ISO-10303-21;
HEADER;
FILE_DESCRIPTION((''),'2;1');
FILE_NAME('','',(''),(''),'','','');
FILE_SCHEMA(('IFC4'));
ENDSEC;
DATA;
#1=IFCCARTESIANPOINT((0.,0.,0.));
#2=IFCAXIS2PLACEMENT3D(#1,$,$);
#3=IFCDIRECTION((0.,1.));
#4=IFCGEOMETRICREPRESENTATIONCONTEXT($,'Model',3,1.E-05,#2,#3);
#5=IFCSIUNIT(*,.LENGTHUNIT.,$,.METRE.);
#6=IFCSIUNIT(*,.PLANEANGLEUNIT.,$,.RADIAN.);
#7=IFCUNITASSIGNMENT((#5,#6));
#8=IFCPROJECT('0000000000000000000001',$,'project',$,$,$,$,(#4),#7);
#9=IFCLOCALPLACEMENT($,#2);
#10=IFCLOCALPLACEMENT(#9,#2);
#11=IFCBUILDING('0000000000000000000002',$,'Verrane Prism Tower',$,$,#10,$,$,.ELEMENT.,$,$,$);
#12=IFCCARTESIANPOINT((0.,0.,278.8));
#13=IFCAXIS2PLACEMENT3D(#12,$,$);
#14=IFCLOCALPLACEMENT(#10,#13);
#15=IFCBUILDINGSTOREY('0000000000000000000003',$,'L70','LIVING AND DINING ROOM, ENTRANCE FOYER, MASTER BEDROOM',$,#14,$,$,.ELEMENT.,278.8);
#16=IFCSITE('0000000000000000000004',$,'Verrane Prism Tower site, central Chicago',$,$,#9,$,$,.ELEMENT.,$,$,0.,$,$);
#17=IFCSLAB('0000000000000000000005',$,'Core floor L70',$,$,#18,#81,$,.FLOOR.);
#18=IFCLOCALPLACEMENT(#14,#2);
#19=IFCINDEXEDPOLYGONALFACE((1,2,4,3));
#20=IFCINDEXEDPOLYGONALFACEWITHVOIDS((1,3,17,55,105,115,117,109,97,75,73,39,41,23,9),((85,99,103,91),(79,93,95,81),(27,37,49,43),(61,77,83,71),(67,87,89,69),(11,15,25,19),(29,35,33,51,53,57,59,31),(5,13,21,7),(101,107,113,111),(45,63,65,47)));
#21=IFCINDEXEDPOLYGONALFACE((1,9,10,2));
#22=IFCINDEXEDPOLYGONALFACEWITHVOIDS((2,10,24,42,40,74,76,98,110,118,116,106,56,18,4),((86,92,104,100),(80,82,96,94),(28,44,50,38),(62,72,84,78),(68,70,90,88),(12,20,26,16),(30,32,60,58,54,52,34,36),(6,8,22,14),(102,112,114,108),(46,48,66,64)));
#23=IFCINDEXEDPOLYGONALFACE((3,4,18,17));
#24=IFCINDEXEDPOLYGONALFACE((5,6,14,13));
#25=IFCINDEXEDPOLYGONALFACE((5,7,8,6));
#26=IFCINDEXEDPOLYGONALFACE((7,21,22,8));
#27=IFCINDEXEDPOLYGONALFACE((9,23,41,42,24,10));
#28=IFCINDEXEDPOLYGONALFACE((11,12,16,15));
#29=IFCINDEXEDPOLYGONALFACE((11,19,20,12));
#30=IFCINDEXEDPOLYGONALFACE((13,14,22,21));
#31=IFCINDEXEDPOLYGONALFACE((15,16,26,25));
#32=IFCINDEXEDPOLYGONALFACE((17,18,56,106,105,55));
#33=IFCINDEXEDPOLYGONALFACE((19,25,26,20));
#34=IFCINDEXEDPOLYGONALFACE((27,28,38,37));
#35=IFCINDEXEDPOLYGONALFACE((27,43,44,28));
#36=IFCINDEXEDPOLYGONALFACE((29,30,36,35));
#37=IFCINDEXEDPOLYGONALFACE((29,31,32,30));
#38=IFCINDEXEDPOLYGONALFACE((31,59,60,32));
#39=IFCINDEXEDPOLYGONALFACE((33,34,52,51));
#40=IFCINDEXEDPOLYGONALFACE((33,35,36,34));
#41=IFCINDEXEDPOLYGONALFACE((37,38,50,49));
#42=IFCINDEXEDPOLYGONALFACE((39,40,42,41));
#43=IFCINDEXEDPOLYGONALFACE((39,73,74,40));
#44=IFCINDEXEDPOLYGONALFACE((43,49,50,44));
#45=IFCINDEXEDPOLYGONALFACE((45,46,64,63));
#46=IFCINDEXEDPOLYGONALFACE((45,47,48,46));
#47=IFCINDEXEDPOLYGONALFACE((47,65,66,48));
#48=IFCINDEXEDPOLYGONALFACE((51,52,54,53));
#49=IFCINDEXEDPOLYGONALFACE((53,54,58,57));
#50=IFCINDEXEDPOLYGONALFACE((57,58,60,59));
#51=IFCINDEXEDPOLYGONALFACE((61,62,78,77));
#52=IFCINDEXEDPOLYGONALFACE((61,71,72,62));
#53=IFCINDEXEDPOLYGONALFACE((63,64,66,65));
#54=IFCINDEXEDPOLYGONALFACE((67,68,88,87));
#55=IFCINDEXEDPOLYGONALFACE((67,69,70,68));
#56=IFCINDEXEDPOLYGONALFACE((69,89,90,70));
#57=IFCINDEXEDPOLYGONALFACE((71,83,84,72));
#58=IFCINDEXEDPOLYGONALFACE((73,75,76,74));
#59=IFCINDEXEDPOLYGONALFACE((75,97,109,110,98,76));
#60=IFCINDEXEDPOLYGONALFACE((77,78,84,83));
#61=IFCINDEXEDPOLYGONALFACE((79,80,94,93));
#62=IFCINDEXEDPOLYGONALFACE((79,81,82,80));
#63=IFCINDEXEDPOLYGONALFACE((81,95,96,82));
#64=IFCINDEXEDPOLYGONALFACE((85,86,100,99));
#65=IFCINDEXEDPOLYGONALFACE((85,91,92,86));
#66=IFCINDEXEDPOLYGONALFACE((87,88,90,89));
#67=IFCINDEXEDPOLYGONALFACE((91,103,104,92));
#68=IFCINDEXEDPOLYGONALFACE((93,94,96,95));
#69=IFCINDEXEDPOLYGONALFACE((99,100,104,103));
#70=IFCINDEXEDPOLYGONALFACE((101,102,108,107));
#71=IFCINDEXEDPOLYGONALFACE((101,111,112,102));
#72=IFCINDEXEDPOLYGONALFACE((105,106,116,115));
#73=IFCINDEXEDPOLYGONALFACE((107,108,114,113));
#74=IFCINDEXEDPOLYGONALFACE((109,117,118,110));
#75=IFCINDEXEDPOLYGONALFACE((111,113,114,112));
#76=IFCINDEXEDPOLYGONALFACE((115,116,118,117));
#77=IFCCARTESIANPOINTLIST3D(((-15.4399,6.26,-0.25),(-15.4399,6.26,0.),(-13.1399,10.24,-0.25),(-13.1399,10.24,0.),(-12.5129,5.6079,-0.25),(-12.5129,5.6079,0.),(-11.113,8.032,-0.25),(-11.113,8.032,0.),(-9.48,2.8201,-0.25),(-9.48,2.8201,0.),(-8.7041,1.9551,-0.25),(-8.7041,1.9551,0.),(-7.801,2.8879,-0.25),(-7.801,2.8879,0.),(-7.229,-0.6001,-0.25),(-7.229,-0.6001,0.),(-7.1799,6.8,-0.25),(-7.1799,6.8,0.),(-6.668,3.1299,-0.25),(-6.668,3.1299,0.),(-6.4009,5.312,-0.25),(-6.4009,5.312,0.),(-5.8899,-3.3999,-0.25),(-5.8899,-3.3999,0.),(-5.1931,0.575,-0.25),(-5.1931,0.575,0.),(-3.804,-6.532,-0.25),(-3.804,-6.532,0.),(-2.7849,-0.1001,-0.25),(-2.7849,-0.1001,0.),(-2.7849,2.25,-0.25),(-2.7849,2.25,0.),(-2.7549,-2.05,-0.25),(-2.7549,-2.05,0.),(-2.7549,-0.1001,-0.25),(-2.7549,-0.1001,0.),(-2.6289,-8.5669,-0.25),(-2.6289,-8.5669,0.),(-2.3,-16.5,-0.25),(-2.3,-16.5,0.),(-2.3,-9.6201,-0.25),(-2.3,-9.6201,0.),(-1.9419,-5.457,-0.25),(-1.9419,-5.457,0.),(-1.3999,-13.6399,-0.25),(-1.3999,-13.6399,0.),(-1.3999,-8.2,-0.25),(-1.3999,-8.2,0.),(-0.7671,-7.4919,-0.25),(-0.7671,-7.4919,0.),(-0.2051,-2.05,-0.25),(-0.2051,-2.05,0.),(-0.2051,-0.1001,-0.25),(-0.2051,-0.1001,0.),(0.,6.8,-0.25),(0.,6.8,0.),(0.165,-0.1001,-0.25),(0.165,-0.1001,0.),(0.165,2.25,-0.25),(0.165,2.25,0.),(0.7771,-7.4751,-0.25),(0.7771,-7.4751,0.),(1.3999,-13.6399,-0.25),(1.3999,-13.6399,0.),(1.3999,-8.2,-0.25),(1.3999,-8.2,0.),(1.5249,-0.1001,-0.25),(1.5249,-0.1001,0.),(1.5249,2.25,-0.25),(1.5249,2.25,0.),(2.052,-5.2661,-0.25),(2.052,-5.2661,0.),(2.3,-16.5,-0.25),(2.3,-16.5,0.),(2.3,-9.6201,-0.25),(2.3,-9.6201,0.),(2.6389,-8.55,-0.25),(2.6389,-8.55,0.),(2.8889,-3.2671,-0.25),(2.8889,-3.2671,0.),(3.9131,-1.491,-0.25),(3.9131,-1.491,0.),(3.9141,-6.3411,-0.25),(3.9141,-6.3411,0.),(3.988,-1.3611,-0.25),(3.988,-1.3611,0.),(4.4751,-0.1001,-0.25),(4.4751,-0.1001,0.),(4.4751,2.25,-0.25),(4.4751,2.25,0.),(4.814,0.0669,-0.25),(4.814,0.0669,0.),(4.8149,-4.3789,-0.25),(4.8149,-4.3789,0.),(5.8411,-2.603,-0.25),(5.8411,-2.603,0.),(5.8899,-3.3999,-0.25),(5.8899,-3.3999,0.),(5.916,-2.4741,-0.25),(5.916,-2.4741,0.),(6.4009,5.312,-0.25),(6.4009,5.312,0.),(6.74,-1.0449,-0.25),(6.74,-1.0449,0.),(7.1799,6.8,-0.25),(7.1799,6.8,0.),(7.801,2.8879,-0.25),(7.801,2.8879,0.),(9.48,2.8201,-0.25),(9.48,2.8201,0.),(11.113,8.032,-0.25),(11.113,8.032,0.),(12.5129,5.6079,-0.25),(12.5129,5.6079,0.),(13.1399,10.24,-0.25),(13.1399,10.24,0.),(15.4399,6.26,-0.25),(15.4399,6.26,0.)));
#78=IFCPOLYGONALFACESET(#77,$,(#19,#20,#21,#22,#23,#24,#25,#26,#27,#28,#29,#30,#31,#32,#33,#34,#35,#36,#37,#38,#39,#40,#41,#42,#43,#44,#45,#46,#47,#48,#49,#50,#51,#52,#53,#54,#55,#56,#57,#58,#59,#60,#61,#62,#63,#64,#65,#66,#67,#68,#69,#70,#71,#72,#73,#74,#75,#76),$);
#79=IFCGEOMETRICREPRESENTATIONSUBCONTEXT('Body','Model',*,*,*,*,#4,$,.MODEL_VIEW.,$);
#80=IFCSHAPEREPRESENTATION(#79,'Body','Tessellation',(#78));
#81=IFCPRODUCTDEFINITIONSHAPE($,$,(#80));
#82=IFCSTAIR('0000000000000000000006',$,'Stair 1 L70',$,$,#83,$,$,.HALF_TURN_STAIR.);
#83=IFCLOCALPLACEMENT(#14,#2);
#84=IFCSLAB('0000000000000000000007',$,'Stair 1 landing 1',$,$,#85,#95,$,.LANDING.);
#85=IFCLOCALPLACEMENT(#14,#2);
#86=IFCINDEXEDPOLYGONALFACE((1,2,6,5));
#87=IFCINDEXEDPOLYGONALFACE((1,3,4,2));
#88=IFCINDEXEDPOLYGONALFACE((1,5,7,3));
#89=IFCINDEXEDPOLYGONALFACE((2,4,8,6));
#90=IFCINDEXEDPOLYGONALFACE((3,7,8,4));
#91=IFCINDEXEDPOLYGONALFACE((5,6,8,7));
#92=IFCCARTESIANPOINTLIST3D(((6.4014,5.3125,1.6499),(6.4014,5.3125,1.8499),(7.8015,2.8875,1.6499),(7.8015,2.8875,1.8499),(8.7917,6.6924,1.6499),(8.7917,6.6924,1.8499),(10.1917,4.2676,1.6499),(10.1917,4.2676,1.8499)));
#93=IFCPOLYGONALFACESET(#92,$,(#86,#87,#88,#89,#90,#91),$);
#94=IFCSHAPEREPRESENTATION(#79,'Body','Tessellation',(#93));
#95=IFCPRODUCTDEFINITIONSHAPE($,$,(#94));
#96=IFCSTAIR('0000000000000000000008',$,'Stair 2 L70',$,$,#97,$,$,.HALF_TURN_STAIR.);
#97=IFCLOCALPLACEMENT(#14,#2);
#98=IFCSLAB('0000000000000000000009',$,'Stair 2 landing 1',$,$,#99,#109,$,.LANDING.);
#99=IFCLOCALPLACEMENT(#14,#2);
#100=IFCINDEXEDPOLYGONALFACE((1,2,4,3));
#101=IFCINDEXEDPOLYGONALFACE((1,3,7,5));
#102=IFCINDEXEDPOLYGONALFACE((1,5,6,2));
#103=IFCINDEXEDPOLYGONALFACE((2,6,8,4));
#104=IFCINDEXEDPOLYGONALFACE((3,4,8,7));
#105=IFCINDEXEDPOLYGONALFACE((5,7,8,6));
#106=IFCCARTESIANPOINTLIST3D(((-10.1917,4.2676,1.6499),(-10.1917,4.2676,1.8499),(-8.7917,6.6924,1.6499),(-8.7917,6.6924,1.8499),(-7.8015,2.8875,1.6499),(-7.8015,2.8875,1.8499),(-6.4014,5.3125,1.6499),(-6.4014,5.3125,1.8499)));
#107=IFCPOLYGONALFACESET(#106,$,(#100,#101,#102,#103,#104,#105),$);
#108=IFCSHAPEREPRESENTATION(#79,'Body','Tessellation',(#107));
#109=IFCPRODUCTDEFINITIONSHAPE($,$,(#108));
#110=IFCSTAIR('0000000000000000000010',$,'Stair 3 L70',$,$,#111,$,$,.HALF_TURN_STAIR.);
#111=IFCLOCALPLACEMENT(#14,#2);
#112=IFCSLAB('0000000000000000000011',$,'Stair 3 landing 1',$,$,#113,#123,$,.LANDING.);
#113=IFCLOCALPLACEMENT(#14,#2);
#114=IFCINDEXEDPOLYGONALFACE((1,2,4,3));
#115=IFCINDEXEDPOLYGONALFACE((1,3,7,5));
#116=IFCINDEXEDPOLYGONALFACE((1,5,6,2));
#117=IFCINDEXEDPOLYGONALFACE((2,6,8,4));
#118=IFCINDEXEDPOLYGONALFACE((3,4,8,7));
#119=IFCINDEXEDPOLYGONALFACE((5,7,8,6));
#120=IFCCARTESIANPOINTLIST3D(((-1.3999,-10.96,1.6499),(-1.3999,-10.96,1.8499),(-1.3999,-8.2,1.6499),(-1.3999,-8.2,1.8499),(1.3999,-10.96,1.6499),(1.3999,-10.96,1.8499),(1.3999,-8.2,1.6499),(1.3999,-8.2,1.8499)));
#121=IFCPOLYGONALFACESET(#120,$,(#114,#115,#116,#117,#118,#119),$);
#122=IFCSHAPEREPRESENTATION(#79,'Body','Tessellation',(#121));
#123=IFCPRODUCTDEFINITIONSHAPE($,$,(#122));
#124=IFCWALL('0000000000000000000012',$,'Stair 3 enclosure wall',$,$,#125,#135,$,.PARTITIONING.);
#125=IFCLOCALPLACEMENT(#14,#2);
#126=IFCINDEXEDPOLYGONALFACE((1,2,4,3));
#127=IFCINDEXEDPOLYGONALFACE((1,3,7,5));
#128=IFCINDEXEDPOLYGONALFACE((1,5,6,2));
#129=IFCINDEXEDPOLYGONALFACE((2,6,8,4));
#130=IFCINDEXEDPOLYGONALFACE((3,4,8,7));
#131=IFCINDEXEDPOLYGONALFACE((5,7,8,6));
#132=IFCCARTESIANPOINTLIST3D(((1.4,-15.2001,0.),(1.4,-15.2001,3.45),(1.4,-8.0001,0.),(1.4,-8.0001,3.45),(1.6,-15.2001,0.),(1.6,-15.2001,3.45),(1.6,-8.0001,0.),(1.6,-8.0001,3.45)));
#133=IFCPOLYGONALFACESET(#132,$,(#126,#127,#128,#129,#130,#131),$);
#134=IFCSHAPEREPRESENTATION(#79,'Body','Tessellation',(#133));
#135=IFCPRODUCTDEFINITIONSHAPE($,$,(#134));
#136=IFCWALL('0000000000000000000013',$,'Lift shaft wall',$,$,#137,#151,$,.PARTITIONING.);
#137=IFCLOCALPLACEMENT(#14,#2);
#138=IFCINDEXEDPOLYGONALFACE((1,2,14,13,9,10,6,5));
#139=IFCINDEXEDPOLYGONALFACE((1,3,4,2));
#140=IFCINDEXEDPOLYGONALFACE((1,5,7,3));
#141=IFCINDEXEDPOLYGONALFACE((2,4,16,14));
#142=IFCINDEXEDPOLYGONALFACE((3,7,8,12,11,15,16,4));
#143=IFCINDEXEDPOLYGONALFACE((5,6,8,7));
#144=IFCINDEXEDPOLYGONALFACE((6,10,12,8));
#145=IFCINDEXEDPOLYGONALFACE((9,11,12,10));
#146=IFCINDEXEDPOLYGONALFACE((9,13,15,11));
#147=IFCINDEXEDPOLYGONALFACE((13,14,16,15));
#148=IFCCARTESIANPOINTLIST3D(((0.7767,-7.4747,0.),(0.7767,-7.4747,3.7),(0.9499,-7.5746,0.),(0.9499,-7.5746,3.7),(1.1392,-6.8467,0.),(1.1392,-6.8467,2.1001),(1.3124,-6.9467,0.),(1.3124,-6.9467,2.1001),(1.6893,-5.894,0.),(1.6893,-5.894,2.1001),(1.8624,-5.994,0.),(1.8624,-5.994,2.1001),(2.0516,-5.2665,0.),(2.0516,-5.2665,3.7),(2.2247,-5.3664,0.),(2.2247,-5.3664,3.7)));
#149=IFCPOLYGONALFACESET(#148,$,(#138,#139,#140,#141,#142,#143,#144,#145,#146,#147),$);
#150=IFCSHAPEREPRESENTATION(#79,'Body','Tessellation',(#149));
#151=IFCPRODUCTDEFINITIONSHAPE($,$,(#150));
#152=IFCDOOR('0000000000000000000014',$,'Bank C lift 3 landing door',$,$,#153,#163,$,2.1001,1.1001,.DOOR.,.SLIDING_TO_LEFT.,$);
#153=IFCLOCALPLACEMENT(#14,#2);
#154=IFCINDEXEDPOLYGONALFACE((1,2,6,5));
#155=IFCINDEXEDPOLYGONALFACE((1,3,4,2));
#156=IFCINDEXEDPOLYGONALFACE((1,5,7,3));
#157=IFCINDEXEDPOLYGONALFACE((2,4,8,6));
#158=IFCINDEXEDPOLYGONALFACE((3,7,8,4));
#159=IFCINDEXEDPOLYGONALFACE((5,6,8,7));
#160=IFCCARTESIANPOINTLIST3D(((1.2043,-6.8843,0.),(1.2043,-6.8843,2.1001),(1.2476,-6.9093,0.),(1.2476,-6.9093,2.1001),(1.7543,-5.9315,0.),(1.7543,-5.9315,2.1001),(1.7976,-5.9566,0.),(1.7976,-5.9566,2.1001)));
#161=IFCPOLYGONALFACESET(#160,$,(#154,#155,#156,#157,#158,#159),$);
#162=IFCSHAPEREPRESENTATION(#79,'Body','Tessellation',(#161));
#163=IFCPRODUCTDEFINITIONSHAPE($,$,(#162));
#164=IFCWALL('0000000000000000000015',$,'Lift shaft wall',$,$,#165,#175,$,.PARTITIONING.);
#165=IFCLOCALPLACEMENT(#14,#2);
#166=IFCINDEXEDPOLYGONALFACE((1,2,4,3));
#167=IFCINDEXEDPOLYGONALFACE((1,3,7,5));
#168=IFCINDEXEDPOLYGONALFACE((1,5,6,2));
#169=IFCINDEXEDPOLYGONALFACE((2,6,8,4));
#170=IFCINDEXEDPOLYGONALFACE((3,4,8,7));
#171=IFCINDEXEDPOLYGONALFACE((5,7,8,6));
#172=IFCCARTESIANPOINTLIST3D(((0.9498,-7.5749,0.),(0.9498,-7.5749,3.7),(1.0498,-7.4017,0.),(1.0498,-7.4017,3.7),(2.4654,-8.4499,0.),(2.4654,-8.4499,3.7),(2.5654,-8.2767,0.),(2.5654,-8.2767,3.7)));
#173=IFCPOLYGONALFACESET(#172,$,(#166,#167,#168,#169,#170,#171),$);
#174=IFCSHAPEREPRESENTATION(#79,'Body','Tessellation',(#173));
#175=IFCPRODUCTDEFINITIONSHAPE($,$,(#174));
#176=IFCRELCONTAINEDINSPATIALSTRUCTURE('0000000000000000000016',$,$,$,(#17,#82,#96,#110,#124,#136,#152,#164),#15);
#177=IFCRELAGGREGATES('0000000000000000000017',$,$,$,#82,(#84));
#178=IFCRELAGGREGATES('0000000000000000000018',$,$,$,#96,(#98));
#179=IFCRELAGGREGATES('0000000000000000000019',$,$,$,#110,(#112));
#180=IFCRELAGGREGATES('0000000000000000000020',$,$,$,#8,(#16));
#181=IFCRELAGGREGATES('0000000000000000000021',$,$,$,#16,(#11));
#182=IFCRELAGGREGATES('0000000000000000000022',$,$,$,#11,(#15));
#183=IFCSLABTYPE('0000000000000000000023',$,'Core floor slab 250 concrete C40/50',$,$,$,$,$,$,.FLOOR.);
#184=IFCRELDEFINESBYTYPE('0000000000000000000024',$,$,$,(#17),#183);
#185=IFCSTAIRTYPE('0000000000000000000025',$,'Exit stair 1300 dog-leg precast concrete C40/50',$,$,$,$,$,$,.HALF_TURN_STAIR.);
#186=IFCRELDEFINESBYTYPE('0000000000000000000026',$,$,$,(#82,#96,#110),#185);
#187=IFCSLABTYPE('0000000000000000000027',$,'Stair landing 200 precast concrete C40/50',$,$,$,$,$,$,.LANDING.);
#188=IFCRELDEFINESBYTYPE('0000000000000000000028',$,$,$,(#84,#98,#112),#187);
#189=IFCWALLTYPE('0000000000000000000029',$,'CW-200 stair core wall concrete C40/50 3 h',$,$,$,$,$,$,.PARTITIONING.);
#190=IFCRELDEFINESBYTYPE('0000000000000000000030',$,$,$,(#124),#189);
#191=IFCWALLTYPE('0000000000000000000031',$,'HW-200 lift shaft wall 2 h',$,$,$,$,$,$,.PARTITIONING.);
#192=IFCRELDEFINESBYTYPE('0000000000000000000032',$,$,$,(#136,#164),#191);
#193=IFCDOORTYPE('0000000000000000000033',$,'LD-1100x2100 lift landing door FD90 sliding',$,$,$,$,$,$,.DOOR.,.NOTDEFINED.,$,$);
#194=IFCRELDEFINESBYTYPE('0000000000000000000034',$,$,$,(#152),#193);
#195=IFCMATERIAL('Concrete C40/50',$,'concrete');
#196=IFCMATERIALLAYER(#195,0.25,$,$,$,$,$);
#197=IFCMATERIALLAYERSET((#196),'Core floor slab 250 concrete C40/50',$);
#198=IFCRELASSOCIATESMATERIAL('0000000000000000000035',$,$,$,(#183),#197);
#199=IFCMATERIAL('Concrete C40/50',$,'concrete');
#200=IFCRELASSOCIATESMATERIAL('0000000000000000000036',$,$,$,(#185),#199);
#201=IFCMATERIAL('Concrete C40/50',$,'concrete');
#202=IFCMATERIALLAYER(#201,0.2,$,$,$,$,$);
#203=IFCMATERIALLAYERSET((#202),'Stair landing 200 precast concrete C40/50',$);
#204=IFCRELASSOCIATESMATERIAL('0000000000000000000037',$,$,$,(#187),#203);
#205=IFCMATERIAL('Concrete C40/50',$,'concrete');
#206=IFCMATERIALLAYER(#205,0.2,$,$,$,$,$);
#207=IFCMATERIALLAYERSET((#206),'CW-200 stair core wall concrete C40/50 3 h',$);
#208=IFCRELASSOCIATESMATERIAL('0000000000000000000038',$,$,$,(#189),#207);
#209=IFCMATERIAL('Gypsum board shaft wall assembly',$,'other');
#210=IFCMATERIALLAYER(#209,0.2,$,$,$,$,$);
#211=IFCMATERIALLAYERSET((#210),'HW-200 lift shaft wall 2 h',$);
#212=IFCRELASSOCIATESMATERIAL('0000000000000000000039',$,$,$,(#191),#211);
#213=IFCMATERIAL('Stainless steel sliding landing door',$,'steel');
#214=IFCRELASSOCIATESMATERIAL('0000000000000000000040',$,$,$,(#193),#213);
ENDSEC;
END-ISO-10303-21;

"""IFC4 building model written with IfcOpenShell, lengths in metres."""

from ifc_helpers import new_model, si_unit, direction, frame, frame_2d, origin, place, context, subcontext, project, spatial, polyline, rectangle, outline, extrude, material, layer, layer_set, type_object, element, fill, aggregate, save


model = new_model("IFC4")

# Units and contexts
model_context = context("Model", 3, precision=1e-05, world=origin(), true_north=direction((0.0, 1.0)))
body_context = subcontext(model_context, "Body", "Model", "MODEL_VIEW")
ifc_project = project(units=[si_unit("LENGTHUNIT", "METRE"), si_unit("PLANEANGLEUNIT", "RADIAN")], contexts=[model_context])

# Site, building, storey
site_placement = place(None, origin())
site = spatial("IfcSite", under=ifc_project, at=site_placement, Name="Verrane Prism Tower site, central Chicago", CompositionType="ELEMENT", RefElevation=0.0)
building_placement = place(site_placement, origin())
building = spatial("IfcBuilding", under=site, at=building_placement, Name="Verrane Prism Tower", CompositionType="ELEMENT")
storey_placement = place(building_placement, frame((0.0, 0.0, 278.8)))
storey = spatial("IfcBuildingStorey", under=building, at=storey_placement, Name="L70", Description="LIVING AND DINING ROOM, ENTRANCE FOYER, MASTER BEDROOM", CompositionType="ELEMENT", Elevation=278.8)

# Slab
ifc_material_1 = material(Name="Concrete C40/50", Category="concrete")
ifc_layer_1 = layer(ifc_material_1, 0.25)
ifc_layer_set_1 = layer_set([ifc_layer_1], Name="Core floor slab 250 concrete C40/50")
slab_type_1 = type_object("IfcSlabType", Name="Core floor slab 250 concrete C40/50", PredefinedType="FLOOR", material=ifc_layer_set_1)
slab_1_placement = place(storey_placement, frame((0.0, 0.0, -0.25)))
element("IfcSlab", 1, at=slab_1_placement, inside=storey, type_object=slab_type_1, Name="Core floor L70", PredefinedType="FLOOR", context=body_context, shape_type="SweptSolid", body=[
    extrude(outline(polyline([(9.48, 2.8201), (15.4399, 6.26), (13.1399, 10.24), (7.1799, 6.8), (0.0, 6.8), (-7.1799, 6.8), (-13.1399, 10.24), (-15.4399, 6.26), (-9.48, 2.8201), (-5.8899, -3.3999), (-2.3, -9.6201), (-2.3, -16.5), (2.3, -16.5), (2.3, -9.6201), (5.8899, -3.3999), (9.48, 2.8201)]), holes=[polyline([(-1.3999, -8.2), (1.3999, -8.2), (1.3999, -13.6399), (-1.3999, -13.6399), (-1.3999, -8.2)]), polyline([(-0.7671, -7.4919), (-2.6289, -8.5669), (-3.804, -6.532), (-1.9419, -5.457), (-0.7671, -7.4919)]), polyline([(3.9141, -6.3411), (2.6389, -8.55), (0.7771, -7.4751), (2.052, -5.2661), (3.9141, -6.3411)]), polyline([(4.8149, -4.3789), (2.8889, -3.2671), (3.9131, -1.491), (5.8411, -2.603), (4.8149, -4.3789)]), polyline([(6.74, -1.0449), (5.916, -2.4741), (3.988, -1.3611), (4.814, 0.0669), (6.74, -1.0449)]), polyline([(-2.7849, -0.1001), (-2.7849, 2.25), (0.165, 2.25), (0.165, -0.1001), (-0.2051, -0.1001), (-0.2051, -2.05), (-2.7549, -2.05), (-2.7549, -0.1001), (-2.7849, -0.1001)]), polyline([(4.4751, 2.25), (4.4751, -0.1001), (1.5249, -0.1001), (1.5249, 2.25), (4.4751, 2.25)]), polyline([(-8.7041, 1.9551), (-6.668, 3.1299), (-5.1931, 0.575), (-7.229, -0.6001), (-8.7041, 1.9551)]), polyline([(-7.801, 2.8879), (-12.5129, 5.6079), (-11.113, 8.032), (-6.4009, 5.312), (-7.801, 2.8879)]), polyline([(6.4009, 5.312), (11.113, 8.032), (12.5129, 5.6079), (7.801, 2.8879), (6.4009, 5.312)])]), origin(), (0.0, 0.0, 1.0), 0.25),
])

# Stairs, slabs
ifc_material_2 = material(Name="Concrete C40/50", Category="concrete")
stair_type = type_object("IfcStairType", Name="Exit stair 1300 dog-leg precast concrete C40/50", PredefinedType="HALF_TURN_STAIR", material=ifc_material_2)
stair_1_placement = place(storey_placement, origin())
stair_1 = element("IfcStair", 2, at=stair_1_placement, inside=storey, type_object=stair_type, Name="Stair 1 L70", PredefinedType="HALF_TURN_STAIR")
ifc_material_3 = material(Name="Concrete C40/50", Category="concrete")
ifc_layer_2 = layer(ifc_material_3, 0.2)
ifc_layer_set_2 = layer_set([ifc_layer_2], Name="Stair landing 200 precast concrete C40/50")
slab_type_2 = type_object("IfcSlabType", Name="Stair landing 200 precast concrete C40/50", PredefinedType="LANDING", material=ifc_layer_set_2)
slab_2_placement = place(storey_placement, frame((0.0, 0.0, 1.6499)))
slab_2 = element("IfcSlab", 3, at=slab_2_placement, type_object=slab_type_2, Name="Stair 1 landing 1", PredefinedType="LANDING", context=body_context, shape_type="SweptSolid", body=[
    extrude(outline(polyline([(8.7917, 6.6924), (6.4014, 5.3125), (7.8015, 2.8875), (10.1917, 4.2676), (8.7917, 6.6924)])), origin(), (0.0, 0.0, 1.0), 0.2),
])
aggregate(stair_1, [slab_2])
stair_2_placement = place(storey_placement, origin())
stair_2 = element("IfcStair", 4, at=stair_2_placement, inside=storey, type_object=stair_type, Name="Stair 2 L70", PredefinedType="HALF_TURN_STAIR")
slab_3_placement = place(storey_placement, frame((0.0, 0.0, 1.6499)))
slab_3 = element("IfcSlab", 5, at=slab_3_placement, type_object=slab_type_2, Name="Stair 2 landing 1", PredefinedType="LANDING", context=body_context, shape_type="SweptSolid", body=[
    extrude(outline(polyline([(-10.1917, 4.2676), (-7.8015, 2.8875), (-6.4014, 5.3125), (-8.7917, 6.6924), (-10.1917, 4.2676)])), origin(), (0.0, 0.0, 1.0), 0.2),
])
aggregate(stair_2, [slab_3])
stair_3_placement = place(storey_placement, origin())
stair_3 = element("IfcStair", 6, at=stair_3_placement, inside=storey, type_object=stair_type, Name="Stair 3 L70", PredefinedType="HALF_TURN_STAIR")
slab_4_placement = place(storey_placement, frame((0.0, 0.0, 1.6499)))
slab_4 = element("IfcSlab", 7, at=slab_4_placement, type_object=slab_type_2, Name="Stair 3 landing 1", PredefinedType="LANDING", context=body_context, shape_type="SweptSolid", body=[
    extrude(outline(polyline([(1.3999, -10.96), (1.3999, -8.2), (-1.3999, -8.2), (-1.3999, -10.96), (1.3999, -10.96)])), origin(), (0.0, 0.0, 1.0), 0.2),
])
aggregate(stair_3, [slab_4])

# Wall
ifc_material_4 = material(Name="Concrete C40/50", Category="concrete")
ifc_layer_3 = layer(ifc_material_4, 0.2)
ifc_layer_set_3 = layer_set([ifc_layer_3], Name="CW-200 stair core wall concrete C40/50 3 h")
wall_type_1 = type_object("IfcWallType", Name="CW-200 stair core wall concrete C40/50 3 h", PredefinedType="PARTITIONING", material=ifc_layer_set_3)
wall_1_placement = place(storey_placement, frame((1.5, -8.0, 0.0), z_axis=(0.0, 0.0, 1.0), x_axis=(0.0, -1.0, 0.0)))
element("IfcWall", 8, at=wall_1_placement, inside=storey, type_object=wall_type_1, Name="Stair 3 enclosure wall", PredefinedType="PARTITIONING", context=body_context, shape_type="SweptSolid", body=[
    extrude(rectangle(XDim=7.2, YDim=0.2, at=frame_2d((3.6001, 0.0))), origin(), (0.0, 0.0, 1.0), 3.45),
])

# Wall, opening, door
ifc_material_5 = material(Name="Gypsum board shaft wall assembly", Category="other")
ifc_layer_4 = layer(ifc_material_5, 0.2)
ifc_layer_set_4 = layer_set([ifc_layer_4], Name="HW-200 lift shaft wall 2 h")
wall_type_2 = type_object("IfcWallType", Name="HW-200 lift shaft wall 2 h", PredefinedType="PARTITIONING", material=ifc_layer_set_4)
wall_2_placement = place(storey_placement, frame((0.8633, -7.5247, 0.0), z_axis=(0.0, 0.0, 1.0), x_axis=(0.49999, 0.866031, 0.0)))
wall_2 = element("IfcWall", 9, at=wall_2_placement, inside=storey, type_object=wall_type_2, Name="Lift shaft wall", PredefinedType="PARTITIONING", context=body_context, shape_type="SweptSolid", body=[
    extrude(rectangle(XDim=2.5498, YDim=0.2, at=frame_2d((1.2749, 0.0))), origin(), (0.0, 0.0, 1.0), 3.7),
])
opening_1_placement = place(wall_2_placement, frame((0.7251, 0.0, 0.0)))
opening_1 = element("IfcOpeningElement", 10, at=opening_1_placement, cuts=wall_2, PredefinedType="OPENING", context=body_context, shape_type="SweptSolid", body=[
    extrude(rectangle(XDim=1.1001, YDim=2.1001, at=frame_2d((0.55, 1.05))), frame((0.0, 0.1099, 0.0), z_axis=(0.0, -1.0, 0.0), x_axis=(1.0, 0.0, 0.0)), (0.0, 0.0, 1.0), 0.22),
])
ifc_material_6 = material(Name="Stainless steel sliding landing door", Category="steel")
door_type_1 = type_object("IfcDoorType", Name="LD-1100x2100 lift landing door FD90 sliding", OperationType="NOTDEFINED", PredefinedType="DOOR", material=ifc_material_6)
door_1_placement = place(opening_1_placement, origin())
door_1 = element("IfcDoor", 11, at=door_1_placement, inside=storey, type_object=door_type_1, Name="Bank C lift 3 landing door", OperationType="SLIDING_TO_LEFT", OverallHeight=2.1001, OverallWidth=1.1001, PredefinedType="DOOR", context=body_context, shape_type="SweptSolid", body=[
    extrude(rectangle(XDim=1.1001, YDim=2.1001, at=frame_2d((0.55, 1.05))), frame((0.0, 0.0249, 0.0), z_axis=(0.0, -1.0, 0.0), x_axis=(1.0, 0.0, 0.0)), (0.0, 0.0, 1.0), 0.05),
])
fill(opening_1, door_1)

# Wall
wall_3_placement = place(storey_placement, frame((2.5154, -8.3633, 0.0), z_axis=(0.0, 0.0, 1.0), x_axis=(-0.866037, 0.49998, 0.0)))
element("IfcWall", 12, at=wall_3_placement, inside=storey, type_object=wall_type_2, Name="Lift shaft wall", PredefinedType="PARTITIONING", context=body_context, shape_type="SweptSolid", body=[
    extrude(rectangle(XDim=1.75, YDim=0.2, at=frame_2d((0.875, 0.0))), origin(), (0.0, 0.0, 1.0), 3.7),
])

save(model, "model.ifc")
